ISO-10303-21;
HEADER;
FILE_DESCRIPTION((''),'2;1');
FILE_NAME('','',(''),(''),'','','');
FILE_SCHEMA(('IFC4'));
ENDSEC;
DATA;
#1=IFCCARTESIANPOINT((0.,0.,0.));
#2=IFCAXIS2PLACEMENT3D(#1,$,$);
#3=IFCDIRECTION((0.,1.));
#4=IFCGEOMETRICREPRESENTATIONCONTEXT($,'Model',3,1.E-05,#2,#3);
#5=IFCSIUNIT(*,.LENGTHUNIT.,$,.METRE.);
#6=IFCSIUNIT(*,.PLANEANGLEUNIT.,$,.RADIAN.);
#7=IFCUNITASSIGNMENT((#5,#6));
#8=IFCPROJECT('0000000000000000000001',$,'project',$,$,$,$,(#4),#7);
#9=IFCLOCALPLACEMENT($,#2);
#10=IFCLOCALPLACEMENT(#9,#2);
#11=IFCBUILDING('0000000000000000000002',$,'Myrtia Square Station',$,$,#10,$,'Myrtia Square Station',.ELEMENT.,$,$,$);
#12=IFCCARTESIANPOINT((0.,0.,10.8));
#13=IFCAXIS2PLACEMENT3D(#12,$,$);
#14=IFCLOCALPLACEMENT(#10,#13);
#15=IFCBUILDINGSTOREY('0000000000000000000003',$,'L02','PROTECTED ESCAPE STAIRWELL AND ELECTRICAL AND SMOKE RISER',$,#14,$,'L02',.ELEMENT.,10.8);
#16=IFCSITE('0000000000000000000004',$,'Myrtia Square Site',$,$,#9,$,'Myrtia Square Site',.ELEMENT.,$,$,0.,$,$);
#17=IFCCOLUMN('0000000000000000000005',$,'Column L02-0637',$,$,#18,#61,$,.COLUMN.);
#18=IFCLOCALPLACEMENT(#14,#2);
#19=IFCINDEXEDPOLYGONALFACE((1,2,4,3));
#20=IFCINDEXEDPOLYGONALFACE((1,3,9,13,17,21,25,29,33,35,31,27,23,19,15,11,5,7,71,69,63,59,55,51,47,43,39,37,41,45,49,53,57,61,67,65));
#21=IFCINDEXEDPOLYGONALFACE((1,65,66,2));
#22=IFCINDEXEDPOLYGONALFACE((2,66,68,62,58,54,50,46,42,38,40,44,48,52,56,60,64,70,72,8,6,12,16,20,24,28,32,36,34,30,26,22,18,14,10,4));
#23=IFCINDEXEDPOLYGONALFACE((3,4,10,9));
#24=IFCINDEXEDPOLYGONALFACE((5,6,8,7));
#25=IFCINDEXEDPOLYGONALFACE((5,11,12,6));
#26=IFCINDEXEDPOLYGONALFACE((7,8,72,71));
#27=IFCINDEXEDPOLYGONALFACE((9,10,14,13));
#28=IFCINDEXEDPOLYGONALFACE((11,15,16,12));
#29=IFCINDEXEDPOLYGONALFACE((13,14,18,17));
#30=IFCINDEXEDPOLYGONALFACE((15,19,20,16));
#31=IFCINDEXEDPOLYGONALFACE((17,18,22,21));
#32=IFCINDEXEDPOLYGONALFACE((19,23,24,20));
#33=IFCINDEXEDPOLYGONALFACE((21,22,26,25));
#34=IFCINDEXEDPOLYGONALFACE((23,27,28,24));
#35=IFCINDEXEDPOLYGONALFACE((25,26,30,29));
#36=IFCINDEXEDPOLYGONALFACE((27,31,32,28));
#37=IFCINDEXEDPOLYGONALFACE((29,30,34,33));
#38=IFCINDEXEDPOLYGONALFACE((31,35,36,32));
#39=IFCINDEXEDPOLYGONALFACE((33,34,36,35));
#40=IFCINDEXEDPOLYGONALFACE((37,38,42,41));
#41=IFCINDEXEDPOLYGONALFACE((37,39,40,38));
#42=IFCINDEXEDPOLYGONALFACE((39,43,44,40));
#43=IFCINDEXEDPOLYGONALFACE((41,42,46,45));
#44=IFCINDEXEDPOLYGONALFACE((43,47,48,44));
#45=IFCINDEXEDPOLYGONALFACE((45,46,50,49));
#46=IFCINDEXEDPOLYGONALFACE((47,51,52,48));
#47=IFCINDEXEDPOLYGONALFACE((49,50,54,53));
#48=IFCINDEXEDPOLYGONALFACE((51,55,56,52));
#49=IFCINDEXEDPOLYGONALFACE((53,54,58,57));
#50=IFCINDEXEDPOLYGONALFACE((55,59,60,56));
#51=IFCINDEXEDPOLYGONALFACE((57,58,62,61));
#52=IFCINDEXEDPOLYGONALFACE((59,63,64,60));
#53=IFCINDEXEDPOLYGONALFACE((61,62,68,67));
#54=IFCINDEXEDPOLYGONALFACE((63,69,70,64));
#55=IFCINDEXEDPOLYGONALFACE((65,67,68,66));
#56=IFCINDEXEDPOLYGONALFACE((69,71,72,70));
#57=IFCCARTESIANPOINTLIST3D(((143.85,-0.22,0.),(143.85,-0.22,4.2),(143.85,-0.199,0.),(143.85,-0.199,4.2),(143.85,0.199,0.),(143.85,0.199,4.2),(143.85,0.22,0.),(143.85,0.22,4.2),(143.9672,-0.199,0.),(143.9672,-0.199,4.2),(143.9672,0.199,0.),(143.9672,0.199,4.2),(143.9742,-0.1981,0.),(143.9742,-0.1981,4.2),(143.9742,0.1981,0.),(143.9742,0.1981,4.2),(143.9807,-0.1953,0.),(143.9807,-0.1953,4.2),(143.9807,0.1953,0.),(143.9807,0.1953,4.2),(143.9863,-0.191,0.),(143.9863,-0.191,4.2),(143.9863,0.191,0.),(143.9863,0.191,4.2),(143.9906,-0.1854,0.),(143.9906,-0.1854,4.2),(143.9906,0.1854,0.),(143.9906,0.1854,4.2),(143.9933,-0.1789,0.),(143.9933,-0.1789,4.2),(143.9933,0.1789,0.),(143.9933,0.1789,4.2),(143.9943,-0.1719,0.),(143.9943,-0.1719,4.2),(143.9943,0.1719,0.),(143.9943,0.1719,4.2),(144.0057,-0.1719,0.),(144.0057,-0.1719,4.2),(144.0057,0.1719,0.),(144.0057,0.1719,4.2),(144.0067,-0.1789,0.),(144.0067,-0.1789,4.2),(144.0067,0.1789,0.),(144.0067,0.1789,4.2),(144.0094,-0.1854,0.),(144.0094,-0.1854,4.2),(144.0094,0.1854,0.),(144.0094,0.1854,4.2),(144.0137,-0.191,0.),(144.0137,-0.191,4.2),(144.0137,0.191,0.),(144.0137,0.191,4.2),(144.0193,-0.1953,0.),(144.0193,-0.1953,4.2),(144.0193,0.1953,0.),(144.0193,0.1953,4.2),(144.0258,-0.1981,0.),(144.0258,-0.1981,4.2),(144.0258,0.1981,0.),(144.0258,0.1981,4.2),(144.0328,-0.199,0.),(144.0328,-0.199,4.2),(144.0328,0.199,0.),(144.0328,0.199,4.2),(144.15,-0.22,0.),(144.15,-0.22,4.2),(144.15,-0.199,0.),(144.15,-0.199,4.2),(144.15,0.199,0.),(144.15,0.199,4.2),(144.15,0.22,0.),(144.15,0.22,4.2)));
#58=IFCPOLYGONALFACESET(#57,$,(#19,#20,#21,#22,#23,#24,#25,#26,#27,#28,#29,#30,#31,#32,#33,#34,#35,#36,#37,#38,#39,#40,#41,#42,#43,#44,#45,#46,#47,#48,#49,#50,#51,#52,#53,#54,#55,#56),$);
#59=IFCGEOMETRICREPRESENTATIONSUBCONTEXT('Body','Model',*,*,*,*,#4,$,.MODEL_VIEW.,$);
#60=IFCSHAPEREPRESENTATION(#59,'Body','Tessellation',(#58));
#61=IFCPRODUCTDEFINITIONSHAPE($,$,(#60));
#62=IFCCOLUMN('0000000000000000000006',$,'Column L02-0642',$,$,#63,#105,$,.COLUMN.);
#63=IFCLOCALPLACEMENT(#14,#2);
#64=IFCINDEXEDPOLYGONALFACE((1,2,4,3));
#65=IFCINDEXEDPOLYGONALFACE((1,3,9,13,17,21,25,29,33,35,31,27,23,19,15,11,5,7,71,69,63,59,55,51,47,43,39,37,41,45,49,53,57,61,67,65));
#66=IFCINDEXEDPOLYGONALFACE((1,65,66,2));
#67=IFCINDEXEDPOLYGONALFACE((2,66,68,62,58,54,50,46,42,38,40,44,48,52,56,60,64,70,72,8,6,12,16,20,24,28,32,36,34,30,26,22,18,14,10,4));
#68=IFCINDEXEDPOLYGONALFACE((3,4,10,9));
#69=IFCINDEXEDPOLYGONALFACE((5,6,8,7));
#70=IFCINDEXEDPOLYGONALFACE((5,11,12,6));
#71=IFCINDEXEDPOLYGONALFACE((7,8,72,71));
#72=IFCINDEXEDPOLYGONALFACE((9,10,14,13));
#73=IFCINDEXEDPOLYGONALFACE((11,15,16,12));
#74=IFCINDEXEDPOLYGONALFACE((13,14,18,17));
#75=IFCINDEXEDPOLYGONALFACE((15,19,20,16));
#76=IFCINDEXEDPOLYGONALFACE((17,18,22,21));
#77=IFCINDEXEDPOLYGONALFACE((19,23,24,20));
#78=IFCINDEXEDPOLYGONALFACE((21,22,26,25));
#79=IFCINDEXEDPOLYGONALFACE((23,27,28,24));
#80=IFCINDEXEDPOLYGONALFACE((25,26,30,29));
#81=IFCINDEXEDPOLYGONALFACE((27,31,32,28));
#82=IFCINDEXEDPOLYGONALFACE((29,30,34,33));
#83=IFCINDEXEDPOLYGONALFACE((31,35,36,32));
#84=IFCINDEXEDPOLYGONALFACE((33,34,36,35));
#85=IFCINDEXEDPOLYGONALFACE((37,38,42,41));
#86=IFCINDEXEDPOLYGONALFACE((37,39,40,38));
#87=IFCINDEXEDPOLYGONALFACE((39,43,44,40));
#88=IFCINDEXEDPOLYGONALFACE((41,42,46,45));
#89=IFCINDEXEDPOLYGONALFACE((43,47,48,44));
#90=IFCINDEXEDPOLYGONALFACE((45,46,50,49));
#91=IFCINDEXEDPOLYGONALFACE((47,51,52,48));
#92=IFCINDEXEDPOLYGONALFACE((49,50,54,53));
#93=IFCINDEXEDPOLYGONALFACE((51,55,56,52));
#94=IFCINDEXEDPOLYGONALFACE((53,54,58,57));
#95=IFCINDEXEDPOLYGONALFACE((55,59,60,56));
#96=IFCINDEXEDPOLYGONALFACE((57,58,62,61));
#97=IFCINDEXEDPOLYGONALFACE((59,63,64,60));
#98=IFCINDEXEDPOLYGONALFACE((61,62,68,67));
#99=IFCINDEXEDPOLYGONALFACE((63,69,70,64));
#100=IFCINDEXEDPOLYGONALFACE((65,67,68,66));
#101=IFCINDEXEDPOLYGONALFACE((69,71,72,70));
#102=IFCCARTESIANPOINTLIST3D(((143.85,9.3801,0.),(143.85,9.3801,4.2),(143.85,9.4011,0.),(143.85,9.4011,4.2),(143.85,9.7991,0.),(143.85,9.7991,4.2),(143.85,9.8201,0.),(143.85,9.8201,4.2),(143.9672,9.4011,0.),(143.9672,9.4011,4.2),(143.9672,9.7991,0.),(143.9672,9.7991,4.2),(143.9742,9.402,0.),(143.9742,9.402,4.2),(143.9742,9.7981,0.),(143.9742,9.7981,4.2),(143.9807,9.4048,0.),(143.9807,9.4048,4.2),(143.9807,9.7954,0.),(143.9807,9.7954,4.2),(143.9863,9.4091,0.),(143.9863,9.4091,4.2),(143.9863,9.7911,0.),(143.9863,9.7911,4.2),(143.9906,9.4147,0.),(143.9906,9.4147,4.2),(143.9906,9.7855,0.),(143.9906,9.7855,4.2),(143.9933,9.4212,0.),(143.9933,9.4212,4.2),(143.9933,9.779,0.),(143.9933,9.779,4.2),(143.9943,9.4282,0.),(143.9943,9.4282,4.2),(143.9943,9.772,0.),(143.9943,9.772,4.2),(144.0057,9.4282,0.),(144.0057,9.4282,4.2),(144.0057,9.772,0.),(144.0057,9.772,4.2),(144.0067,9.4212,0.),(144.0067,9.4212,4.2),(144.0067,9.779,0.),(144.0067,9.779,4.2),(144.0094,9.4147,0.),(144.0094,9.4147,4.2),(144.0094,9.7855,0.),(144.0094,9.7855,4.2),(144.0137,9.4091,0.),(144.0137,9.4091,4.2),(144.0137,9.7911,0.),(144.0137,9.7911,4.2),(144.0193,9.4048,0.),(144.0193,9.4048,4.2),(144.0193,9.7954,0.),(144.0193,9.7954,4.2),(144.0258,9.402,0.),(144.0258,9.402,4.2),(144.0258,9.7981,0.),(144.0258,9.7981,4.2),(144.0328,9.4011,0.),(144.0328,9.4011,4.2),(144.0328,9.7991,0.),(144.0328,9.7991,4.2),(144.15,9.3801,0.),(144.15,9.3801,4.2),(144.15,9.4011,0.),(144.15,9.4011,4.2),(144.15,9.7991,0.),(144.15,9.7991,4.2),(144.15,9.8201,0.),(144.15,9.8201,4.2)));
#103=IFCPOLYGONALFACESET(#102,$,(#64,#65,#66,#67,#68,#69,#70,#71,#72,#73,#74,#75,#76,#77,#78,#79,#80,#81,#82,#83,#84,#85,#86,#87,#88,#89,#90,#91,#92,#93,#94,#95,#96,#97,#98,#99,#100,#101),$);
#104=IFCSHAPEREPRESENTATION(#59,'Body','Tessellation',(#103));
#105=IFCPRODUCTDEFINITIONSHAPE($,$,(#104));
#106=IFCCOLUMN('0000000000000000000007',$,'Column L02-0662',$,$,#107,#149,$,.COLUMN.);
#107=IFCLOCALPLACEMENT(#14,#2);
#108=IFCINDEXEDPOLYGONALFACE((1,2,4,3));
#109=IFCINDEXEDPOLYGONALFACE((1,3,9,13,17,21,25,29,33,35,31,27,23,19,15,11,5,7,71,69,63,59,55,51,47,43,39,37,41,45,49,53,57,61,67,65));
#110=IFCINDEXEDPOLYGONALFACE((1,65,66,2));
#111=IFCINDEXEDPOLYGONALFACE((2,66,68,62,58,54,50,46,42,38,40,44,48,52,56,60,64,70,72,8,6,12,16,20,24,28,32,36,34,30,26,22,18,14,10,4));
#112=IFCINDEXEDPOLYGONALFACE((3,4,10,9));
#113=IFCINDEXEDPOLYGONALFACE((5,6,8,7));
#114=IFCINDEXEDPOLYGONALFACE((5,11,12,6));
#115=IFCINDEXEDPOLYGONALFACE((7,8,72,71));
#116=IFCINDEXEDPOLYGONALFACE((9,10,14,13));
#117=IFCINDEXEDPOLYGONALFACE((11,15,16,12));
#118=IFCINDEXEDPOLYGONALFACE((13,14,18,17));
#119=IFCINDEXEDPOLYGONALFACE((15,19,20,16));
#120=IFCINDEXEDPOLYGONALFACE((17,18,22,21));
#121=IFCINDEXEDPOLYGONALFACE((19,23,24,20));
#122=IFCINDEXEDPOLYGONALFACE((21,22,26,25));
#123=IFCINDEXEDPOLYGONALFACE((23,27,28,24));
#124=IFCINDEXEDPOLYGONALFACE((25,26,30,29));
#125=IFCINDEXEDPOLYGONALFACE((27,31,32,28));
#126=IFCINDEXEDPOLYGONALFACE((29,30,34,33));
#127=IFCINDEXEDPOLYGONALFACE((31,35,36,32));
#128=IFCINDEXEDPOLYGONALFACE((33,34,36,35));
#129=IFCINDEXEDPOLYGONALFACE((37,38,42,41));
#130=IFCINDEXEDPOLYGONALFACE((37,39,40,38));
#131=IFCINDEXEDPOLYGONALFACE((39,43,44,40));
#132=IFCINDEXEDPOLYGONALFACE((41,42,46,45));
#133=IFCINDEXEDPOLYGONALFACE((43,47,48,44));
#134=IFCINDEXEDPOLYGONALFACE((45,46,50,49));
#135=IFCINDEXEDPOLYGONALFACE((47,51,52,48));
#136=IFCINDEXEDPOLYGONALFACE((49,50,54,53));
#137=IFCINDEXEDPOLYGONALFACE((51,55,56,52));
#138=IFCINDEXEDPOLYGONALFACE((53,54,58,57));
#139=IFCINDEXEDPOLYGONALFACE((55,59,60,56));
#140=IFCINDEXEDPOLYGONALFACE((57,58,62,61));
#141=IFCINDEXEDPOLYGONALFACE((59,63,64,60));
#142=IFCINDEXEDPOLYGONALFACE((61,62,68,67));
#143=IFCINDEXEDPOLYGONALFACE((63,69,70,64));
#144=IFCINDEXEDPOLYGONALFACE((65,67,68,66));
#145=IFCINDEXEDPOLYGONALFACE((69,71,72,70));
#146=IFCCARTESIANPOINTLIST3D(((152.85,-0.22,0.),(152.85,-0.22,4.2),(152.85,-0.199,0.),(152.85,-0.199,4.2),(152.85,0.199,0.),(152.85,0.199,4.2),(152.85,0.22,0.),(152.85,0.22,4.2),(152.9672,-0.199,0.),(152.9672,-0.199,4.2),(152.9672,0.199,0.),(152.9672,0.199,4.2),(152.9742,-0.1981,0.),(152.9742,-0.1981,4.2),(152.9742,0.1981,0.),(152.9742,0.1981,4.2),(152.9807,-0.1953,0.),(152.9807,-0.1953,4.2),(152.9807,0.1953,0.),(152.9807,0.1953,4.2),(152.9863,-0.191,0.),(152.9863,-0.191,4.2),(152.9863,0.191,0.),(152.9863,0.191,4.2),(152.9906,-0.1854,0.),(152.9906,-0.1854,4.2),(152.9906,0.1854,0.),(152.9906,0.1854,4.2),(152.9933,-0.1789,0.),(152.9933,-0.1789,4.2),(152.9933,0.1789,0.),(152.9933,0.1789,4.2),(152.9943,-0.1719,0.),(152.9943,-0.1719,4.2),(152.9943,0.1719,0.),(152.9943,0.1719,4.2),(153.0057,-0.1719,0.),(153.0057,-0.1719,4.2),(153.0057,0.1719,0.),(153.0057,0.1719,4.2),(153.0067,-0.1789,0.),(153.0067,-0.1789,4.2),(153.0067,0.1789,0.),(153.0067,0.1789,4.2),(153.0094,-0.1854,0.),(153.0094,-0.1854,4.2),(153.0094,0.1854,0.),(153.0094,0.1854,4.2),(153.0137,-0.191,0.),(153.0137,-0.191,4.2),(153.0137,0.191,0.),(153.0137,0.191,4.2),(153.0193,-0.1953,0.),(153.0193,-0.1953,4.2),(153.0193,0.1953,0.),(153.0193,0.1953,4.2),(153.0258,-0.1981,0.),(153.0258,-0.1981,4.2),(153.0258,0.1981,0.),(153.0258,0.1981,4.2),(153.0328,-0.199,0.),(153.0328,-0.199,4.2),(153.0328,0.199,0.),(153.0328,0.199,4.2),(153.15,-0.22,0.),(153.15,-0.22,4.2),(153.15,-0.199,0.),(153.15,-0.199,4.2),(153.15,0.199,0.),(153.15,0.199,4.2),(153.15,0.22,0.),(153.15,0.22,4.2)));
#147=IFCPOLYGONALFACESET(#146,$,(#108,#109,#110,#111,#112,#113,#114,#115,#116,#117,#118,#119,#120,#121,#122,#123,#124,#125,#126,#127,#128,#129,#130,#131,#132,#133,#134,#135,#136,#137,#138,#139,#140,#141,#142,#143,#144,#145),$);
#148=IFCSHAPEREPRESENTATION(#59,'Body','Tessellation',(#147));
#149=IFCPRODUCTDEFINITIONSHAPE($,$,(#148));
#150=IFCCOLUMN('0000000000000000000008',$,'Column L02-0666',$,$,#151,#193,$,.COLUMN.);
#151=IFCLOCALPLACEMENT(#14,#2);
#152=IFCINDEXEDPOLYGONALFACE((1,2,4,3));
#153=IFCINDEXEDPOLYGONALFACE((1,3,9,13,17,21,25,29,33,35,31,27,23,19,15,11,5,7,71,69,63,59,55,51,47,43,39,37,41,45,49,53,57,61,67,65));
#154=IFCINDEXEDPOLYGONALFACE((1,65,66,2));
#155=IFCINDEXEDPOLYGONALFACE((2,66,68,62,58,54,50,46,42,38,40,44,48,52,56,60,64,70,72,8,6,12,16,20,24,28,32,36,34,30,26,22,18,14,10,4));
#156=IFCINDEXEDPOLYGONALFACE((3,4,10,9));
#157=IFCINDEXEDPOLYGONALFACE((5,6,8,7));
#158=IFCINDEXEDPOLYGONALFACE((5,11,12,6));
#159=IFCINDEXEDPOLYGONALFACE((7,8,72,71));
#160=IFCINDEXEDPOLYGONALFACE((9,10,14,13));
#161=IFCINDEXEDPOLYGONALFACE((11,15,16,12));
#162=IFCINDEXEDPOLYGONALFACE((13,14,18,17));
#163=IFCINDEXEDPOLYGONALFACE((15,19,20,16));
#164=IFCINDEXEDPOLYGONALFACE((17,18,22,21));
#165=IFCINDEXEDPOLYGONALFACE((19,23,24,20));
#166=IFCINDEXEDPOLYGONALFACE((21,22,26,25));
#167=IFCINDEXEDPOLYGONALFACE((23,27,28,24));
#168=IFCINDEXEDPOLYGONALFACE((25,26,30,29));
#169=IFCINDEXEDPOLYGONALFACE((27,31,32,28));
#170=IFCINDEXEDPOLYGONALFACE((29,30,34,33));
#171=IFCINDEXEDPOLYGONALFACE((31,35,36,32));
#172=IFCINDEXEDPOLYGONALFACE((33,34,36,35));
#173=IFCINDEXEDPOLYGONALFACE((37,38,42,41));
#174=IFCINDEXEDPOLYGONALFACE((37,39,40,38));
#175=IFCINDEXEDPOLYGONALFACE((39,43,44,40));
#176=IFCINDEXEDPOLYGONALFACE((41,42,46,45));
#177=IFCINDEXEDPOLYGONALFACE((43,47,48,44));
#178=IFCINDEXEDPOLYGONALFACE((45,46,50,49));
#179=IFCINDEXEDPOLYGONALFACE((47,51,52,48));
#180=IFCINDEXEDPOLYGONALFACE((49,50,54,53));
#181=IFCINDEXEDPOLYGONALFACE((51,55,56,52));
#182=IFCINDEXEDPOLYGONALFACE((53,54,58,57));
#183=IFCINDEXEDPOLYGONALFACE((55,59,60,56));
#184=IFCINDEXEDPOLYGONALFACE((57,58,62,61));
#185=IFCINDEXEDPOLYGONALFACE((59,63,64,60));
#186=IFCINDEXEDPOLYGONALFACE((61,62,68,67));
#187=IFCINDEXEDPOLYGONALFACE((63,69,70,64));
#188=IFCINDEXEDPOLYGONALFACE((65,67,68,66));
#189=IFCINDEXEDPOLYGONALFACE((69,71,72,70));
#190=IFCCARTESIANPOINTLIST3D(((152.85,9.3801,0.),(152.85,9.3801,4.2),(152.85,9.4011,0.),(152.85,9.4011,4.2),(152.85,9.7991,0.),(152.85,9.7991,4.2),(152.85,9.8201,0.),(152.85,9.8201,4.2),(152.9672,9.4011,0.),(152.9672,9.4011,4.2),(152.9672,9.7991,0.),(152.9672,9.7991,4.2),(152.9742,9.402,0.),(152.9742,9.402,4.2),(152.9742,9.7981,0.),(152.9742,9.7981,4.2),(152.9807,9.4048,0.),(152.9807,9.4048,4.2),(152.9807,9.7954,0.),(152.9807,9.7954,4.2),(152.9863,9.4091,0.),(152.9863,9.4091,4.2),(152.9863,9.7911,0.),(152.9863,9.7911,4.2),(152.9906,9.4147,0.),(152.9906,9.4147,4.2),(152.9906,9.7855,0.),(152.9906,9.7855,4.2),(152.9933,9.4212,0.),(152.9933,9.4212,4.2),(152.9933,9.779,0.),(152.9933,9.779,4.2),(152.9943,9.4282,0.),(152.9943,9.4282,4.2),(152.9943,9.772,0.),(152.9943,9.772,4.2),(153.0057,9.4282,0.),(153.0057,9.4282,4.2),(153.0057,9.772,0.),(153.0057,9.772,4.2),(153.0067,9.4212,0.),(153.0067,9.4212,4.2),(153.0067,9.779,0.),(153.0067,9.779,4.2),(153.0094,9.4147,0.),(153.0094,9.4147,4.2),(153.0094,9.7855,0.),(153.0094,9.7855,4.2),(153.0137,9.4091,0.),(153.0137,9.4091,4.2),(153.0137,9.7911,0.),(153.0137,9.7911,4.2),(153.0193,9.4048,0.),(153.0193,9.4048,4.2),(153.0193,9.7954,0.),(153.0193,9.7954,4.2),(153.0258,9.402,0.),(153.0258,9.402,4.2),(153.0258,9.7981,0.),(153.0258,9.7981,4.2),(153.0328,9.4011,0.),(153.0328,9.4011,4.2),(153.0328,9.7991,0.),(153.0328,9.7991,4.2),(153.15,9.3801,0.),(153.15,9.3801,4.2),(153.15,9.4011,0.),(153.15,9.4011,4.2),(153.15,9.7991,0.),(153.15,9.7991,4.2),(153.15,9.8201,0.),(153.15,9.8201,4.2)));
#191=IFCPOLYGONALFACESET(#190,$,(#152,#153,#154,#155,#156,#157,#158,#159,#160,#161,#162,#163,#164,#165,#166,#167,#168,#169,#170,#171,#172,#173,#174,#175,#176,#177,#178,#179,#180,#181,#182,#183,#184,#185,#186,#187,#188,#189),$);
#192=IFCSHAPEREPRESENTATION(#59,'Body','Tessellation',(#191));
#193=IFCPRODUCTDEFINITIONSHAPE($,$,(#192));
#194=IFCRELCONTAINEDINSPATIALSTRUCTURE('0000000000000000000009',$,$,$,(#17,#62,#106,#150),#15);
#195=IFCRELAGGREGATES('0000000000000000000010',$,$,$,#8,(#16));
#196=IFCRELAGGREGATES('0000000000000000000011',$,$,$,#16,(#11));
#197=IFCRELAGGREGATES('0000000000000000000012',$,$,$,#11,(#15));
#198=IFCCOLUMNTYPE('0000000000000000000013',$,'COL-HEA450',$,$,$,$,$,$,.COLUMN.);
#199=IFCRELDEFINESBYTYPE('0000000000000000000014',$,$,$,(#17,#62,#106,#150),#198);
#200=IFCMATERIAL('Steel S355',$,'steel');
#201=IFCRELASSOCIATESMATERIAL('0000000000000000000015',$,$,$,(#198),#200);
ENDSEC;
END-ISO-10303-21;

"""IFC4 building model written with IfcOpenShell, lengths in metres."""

from ifc_helpers import new_model, si_unit, direction, frame, origin, origin_2d, place, context, subcontext, project, spatial, i_section, extrude, material, material_profile, profile_set, type_object, element, save


model = new_model("IFC4")

# Units and contexts
model_context = context("Model", 3, precision=1e-05, world=origin(), true_north=direction((0.0, 1.0)))
body_context = subcontext(model_context, "Body", "Model", "MODEL_VIEW")
ifc_project = project(units=[si_unit("LENGTHUNIT", "METRE"), si_unit("PLANEANGLEUNIT", "RADIAN")], contexts=[model_context])

# Site, building, storey
site_placement = place(None, origin())
site = spatial("IfcSite", under=ifc_project, at=site_placement, Name="Myrtia Square Site", LongName="Myrtia Square Site", CompositionType="ELEMENT", RefElevation=0.0)
building_placement = place(site_placement, origin())
building = spatial("IfcBuilding", under=site, at=building_placement, Name="Myrtia Square Station", LongName="Myrtia Square Station", CompositionType="ELEMENT")
storey_placement = place(building_placement, frame((0.0, 0.0, 10.8)))
storey = spatial("IfcBuildingStorey", under=building, at=storey_placement, Name="L02", Description="PROTECTED ESCAPE STAIRWELL AND ELECTRICAL AND SMOKE RISER", LongName="L02", CompositionType="ELEMENT", Elevation=10.8)

# Columns
ifc_material_1 = material(Name="Steel S355", Category="steel")
ifc_material_profile_1 = material_profile(ifc_material_1, i_section(OverallWidth=0.3, OverallDepth=0.4399, WebThickness=0.0115, FlangeThickness=0.021, FilletRadius=0.0271, at=origin_2d()), Name="HEA 450")
ifc_profile_set_1 = profile_set([ifc_material_profile_1], Name="Steel S355")
column_type = type_object("IfcColumnType", Name="COL-HEA450", PredefinedType="COLUMN", material=ifc_profile_set_1)
for number, where, z_axis, x_axis, name in (
    (1, (144.0, 0.0, 0.0), (0.0, 0.0, 1.0), (1.0, 0.0, 0.0), "Column L02-0637"),
    (2, (144.0, 9.6001, 0.0), (0.0, 0.0, 1.0), (1.0, 0.0, 0.0), "Column L02-0642"),
    (3, (153.0, 0.0, 0.0), (0.0, 0.0, 1.0), (1.0, 0.0, 0.0), "Column L02-0662"),
    (4, (153.0, 9.6001, 0.0), (0.0, 0.0, 1.0), (1.0, 0.0, 0.0), "Column L02-0666"),
):
    element("IfcColumn", number, at=place(storey_placement, frame(where, z_axis=z_axis, x_axis=x_axis)), inside=storey, type_object=column_type, Name=name, PredefinedType="COLUMN", context=body_context, shape_type="SweptSolid", body=[
        extrude(i_section(OverallWidth=0.3, OverallDepth=0.4399, WebThickness=0.0115, FlangeThickness=0.021, FilletRadius=0.0271, at=origin_2d()), origin(), (0.0, 0.0, 1.0), 4.2),
    ])

save(model, "model.ifc")
